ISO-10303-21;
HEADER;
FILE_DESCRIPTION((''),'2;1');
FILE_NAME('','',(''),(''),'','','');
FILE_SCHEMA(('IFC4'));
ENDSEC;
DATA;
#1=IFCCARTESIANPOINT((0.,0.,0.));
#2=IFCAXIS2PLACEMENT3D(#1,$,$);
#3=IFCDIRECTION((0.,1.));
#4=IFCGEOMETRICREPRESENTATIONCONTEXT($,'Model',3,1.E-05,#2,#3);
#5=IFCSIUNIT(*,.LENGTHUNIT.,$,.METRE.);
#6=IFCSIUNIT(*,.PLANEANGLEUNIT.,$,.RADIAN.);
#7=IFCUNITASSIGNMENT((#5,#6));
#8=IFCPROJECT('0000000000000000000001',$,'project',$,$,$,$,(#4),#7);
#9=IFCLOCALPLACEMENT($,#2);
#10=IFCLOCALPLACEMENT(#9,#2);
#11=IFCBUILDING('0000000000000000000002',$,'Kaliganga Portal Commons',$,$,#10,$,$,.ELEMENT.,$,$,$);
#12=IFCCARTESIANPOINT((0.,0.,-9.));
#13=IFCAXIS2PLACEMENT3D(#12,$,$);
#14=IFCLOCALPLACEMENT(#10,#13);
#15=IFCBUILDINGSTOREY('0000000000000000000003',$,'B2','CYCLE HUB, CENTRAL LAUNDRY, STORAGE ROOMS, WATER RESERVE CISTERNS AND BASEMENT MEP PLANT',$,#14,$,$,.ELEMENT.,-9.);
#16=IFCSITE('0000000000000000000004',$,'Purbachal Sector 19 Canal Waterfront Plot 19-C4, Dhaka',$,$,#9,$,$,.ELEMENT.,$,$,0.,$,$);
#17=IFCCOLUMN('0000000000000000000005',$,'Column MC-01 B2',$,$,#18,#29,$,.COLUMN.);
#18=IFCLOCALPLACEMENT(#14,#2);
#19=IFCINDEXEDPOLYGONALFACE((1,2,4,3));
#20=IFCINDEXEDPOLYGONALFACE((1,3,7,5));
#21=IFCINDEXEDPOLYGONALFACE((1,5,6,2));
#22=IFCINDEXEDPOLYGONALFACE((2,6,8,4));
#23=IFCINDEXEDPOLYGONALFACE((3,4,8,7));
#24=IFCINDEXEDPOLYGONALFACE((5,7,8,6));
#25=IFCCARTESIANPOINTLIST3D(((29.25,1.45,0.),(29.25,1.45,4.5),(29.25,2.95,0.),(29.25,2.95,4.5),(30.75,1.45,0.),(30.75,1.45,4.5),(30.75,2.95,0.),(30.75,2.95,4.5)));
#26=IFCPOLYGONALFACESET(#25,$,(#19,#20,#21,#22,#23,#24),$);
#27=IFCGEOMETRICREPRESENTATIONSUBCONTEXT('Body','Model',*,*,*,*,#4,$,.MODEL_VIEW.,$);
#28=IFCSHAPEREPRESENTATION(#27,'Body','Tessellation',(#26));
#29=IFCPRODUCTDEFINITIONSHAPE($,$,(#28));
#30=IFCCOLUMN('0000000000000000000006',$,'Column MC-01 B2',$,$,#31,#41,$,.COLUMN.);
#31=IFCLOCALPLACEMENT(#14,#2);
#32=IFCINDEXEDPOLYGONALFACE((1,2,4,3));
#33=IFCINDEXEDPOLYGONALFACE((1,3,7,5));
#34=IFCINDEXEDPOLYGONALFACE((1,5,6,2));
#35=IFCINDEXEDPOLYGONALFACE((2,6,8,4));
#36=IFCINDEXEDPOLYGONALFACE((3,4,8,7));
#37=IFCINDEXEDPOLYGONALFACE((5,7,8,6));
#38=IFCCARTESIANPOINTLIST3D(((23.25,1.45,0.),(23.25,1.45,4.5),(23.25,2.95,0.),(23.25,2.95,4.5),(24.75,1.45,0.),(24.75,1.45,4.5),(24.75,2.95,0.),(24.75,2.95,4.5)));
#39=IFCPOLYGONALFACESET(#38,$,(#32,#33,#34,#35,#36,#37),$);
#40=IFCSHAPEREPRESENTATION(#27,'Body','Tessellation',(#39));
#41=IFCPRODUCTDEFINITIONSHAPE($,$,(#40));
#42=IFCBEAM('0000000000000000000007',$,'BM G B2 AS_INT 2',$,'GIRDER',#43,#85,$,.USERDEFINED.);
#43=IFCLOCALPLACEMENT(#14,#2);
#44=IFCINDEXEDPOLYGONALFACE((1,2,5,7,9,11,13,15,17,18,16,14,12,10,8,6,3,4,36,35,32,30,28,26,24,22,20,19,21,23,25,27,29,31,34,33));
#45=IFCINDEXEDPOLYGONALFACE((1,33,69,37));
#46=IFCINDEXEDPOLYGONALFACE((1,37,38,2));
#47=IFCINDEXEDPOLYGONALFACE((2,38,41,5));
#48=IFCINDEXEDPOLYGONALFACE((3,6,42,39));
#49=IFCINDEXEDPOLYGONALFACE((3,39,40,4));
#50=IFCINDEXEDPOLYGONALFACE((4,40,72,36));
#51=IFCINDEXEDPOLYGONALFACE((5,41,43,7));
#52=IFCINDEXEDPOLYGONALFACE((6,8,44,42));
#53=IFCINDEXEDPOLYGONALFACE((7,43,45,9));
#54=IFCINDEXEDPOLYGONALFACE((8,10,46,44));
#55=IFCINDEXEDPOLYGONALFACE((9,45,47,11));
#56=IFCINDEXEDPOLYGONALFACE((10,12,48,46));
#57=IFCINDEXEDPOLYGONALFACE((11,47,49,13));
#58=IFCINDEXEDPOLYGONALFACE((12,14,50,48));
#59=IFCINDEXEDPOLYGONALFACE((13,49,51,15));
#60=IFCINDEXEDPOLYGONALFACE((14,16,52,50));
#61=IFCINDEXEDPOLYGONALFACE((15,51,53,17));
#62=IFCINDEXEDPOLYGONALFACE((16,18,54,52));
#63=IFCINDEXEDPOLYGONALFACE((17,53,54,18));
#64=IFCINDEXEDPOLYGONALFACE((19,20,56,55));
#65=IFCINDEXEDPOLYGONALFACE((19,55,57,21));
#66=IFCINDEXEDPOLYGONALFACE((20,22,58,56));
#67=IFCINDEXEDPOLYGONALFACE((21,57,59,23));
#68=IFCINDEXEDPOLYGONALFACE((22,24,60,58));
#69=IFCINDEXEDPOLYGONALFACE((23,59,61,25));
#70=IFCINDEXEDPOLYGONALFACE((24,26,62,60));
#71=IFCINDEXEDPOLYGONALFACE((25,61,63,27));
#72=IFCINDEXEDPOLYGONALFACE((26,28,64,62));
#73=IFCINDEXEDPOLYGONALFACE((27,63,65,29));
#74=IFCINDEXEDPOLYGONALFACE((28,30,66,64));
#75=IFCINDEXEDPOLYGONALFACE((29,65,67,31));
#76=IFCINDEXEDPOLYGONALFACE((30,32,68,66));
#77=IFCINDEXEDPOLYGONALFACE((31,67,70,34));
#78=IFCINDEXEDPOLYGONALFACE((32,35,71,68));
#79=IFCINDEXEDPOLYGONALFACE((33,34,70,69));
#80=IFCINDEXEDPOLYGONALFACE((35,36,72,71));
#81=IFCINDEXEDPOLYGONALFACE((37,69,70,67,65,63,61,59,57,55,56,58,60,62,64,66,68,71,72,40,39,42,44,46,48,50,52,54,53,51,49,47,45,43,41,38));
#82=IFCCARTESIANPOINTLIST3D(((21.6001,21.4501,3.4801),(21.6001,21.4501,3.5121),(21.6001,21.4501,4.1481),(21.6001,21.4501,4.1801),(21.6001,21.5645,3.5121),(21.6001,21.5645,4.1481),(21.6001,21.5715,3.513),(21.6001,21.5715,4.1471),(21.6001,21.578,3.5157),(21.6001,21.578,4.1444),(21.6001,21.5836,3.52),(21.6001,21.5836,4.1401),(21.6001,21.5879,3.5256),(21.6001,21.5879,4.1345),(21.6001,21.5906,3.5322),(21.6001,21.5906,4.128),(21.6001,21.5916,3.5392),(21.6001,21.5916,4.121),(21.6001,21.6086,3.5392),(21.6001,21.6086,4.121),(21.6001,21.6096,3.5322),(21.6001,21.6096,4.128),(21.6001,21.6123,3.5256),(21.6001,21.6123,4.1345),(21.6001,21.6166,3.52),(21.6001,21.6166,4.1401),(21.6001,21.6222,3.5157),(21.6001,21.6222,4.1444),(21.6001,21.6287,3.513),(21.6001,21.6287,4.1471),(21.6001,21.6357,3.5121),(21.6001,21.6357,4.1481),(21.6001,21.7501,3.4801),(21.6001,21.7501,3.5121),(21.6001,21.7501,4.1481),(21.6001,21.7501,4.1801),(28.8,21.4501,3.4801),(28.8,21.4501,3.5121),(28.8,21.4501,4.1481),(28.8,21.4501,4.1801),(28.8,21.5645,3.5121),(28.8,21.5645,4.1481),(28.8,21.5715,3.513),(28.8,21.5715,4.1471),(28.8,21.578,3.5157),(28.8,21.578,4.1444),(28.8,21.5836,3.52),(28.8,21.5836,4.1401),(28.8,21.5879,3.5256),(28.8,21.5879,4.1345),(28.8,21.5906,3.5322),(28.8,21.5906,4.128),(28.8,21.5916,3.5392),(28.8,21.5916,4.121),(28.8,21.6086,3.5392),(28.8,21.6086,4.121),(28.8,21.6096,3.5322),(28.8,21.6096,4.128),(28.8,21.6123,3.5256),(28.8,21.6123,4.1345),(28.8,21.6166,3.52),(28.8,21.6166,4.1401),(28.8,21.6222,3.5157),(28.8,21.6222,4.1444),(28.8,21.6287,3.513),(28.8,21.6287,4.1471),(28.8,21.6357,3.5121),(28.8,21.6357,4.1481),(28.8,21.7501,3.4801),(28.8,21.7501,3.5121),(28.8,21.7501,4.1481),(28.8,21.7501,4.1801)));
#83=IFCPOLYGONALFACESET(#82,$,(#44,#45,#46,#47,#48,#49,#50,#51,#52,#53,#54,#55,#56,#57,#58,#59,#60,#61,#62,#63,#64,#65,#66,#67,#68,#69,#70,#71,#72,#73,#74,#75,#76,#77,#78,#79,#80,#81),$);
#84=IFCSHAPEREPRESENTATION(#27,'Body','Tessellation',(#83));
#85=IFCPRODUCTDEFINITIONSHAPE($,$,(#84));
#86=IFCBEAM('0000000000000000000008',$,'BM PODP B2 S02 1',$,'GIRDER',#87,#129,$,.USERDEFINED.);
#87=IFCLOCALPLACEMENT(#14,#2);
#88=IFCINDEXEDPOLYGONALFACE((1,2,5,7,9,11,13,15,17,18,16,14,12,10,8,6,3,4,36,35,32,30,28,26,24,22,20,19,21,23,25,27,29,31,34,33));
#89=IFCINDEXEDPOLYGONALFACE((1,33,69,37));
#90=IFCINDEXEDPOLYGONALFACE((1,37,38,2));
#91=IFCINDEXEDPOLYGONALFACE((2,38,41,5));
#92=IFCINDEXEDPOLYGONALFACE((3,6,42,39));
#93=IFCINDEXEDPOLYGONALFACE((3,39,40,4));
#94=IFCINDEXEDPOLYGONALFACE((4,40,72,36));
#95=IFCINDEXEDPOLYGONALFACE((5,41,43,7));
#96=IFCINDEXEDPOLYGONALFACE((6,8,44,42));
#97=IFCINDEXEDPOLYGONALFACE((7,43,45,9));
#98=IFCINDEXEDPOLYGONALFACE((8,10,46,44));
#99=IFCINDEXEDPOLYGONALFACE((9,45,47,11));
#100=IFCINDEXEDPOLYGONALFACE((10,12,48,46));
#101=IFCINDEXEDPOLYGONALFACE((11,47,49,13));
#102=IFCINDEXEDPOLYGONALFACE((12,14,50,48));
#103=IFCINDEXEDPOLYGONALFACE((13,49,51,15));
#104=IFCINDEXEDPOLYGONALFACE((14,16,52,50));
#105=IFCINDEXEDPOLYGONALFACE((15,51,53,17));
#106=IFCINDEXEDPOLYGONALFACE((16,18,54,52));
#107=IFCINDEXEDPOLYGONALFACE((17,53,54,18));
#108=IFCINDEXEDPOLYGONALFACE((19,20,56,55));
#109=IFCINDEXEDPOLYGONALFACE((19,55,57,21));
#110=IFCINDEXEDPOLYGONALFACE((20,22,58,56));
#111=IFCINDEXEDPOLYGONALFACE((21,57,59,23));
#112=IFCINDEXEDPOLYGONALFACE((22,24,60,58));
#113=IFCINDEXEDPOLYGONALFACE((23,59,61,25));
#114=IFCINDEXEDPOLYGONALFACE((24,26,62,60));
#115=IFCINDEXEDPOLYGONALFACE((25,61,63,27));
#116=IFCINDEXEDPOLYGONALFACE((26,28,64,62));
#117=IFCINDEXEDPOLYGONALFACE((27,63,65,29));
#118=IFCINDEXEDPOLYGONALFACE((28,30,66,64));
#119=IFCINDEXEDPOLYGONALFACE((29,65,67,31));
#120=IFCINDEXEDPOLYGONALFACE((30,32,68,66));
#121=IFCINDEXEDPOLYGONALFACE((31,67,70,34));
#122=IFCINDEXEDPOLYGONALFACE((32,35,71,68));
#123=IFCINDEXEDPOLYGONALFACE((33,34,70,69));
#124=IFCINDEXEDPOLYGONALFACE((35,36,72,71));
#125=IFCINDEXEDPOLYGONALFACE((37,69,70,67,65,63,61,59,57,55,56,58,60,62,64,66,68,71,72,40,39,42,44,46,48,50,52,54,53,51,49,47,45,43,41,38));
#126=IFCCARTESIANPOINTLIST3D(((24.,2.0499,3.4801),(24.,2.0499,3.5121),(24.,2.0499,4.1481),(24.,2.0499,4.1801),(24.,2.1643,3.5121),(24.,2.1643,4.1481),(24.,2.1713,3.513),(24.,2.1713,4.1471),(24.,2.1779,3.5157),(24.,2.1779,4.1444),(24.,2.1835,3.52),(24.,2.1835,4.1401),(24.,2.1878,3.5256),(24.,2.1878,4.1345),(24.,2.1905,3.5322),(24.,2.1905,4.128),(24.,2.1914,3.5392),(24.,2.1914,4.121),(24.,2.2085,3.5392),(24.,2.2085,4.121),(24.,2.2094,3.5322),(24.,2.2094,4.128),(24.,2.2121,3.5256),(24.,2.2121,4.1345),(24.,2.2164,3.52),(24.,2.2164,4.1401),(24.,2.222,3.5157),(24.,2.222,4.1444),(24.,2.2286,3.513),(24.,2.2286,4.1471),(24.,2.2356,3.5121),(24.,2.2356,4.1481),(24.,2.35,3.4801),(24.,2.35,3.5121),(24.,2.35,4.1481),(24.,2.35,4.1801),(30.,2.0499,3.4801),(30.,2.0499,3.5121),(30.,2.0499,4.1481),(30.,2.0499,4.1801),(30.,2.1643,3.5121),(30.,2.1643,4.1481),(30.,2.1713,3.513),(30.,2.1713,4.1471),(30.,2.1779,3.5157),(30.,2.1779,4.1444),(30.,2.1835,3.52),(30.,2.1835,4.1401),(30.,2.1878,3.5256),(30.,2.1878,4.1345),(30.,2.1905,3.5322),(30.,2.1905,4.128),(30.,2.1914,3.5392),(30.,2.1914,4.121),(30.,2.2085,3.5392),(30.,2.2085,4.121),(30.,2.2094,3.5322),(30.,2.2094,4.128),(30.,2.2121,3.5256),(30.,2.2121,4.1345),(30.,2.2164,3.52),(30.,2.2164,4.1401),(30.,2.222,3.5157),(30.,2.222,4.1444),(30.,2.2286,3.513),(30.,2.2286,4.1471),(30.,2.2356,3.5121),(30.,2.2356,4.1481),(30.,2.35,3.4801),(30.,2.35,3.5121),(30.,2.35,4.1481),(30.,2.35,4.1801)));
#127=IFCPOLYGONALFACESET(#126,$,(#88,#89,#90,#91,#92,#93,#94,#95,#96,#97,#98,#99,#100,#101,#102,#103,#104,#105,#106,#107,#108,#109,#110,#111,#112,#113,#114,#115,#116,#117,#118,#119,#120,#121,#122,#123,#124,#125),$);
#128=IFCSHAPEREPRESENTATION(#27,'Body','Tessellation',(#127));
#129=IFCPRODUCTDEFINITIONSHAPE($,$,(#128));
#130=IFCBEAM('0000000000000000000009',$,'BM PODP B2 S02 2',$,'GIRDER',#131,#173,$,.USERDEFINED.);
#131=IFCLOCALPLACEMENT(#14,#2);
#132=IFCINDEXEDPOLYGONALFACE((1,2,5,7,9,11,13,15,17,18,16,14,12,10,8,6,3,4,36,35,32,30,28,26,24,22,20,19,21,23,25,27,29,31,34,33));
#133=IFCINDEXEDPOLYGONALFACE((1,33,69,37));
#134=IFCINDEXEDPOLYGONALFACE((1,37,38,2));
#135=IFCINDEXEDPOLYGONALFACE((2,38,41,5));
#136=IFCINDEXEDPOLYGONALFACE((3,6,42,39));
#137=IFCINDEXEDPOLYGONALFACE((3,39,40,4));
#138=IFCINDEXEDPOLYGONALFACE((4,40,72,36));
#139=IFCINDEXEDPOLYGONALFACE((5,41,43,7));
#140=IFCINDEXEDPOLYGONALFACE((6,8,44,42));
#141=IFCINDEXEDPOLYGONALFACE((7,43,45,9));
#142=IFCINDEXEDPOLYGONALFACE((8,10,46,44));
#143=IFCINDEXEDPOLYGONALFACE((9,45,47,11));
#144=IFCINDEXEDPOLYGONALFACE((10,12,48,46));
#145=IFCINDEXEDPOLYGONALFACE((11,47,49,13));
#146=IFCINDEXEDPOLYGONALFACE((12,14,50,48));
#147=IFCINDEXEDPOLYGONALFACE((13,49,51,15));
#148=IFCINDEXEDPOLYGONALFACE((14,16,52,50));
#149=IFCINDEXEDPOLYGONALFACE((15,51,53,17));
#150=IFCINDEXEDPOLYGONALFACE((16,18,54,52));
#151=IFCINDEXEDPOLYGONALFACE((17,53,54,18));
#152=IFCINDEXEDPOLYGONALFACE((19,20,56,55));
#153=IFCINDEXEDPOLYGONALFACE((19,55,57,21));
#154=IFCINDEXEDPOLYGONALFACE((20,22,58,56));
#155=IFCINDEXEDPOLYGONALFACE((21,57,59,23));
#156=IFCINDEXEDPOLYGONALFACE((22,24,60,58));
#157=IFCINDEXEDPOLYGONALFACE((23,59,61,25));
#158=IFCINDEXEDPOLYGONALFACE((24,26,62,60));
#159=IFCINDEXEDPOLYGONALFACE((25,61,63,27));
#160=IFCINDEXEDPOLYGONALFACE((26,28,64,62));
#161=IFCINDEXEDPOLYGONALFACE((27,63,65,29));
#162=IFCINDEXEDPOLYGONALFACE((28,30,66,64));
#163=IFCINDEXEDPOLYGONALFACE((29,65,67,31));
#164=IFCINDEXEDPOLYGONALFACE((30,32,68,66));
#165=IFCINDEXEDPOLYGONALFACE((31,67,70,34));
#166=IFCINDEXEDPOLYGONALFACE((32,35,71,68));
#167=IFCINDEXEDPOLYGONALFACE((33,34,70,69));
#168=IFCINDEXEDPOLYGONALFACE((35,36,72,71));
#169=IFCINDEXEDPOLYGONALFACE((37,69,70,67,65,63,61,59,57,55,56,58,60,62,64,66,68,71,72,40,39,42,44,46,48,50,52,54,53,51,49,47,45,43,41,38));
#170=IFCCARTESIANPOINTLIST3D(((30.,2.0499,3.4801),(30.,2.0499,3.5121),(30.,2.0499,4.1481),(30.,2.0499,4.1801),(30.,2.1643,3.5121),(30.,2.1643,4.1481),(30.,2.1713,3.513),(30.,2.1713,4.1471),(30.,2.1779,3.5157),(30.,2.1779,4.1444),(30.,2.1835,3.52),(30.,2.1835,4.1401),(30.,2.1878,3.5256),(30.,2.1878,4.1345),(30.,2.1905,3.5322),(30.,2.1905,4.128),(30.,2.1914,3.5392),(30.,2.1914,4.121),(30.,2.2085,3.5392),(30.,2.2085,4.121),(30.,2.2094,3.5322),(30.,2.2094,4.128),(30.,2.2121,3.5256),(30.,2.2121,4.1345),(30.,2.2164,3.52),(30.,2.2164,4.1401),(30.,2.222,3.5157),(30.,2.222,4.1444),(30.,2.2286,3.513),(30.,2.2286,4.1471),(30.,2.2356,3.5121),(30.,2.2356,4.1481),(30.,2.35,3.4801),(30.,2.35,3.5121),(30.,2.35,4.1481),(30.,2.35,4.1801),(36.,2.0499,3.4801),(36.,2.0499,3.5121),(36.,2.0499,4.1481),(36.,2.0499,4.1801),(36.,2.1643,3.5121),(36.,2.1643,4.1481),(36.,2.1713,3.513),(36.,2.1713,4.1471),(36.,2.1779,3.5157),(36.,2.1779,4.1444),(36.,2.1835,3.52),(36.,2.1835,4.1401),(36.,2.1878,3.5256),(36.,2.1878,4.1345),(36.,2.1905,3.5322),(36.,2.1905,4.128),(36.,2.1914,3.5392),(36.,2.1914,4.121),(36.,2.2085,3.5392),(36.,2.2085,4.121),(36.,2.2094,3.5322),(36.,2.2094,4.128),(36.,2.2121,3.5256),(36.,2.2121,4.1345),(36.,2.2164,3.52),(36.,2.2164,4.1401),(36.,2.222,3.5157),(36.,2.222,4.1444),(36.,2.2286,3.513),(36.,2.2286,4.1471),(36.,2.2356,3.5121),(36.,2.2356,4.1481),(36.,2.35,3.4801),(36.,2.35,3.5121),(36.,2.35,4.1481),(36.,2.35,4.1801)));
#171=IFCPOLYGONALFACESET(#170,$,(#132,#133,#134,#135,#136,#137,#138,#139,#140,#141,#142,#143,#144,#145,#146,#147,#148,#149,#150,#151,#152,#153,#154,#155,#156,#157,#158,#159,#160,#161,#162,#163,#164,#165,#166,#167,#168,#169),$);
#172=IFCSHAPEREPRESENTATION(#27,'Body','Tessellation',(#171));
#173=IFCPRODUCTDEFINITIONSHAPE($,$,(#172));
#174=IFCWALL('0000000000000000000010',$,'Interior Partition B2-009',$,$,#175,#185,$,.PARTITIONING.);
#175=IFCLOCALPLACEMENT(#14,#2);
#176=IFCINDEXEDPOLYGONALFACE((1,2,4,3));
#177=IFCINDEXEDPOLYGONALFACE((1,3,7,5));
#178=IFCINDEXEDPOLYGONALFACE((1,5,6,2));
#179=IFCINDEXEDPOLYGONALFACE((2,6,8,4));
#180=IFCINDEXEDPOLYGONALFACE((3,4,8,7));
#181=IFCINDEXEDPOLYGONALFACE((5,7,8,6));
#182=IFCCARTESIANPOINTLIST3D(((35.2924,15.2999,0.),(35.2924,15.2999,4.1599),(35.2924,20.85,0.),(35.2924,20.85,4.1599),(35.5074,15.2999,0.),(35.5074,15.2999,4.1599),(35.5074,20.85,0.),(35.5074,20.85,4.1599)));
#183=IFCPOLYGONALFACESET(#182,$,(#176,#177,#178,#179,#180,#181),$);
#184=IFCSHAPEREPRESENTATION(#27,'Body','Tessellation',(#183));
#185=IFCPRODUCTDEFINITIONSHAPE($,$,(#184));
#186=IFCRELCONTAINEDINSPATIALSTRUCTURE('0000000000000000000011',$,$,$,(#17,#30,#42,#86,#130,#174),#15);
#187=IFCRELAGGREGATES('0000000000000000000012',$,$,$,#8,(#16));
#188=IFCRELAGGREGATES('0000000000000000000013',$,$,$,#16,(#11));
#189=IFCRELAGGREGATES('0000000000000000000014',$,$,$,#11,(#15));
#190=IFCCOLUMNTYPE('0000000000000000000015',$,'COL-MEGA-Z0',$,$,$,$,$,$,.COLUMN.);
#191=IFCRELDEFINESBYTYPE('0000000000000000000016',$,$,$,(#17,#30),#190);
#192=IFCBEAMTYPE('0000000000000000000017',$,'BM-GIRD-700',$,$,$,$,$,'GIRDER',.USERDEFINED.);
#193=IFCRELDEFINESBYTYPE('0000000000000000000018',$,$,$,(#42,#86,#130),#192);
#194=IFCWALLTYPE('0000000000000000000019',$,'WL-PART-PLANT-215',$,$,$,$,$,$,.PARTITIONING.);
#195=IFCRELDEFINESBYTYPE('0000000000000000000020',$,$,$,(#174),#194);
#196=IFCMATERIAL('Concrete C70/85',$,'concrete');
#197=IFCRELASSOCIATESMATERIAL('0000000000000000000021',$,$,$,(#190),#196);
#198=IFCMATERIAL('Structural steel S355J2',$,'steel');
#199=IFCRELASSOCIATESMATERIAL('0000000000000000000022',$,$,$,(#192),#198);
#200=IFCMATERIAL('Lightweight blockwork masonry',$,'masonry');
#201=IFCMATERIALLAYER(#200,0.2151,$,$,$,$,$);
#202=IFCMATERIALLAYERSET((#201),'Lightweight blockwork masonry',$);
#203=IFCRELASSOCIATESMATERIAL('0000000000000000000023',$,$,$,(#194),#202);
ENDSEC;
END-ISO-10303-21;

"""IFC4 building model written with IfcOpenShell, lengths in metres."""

from ifc_helpers import new_model, si_unit, direction, frame, frame_2d, origin, origin_2d, place, context, subcontext, project, spatial, rectangle, i_section, extrude, source, transform, mapped, material, layer, layer_set, material_profile, profile_set, type_object, element, save


model = new_model("IFC4")

# Units and contexts
model_context = context("Model", 3, precision=1e-05, world=origin(), true_north=direction((0.0, 1.0)))
body_context = subcontext(model_context, "Body", "Model", "MODEL_VIEW")
ifc_project = project(units=[si_unit("LENGTHUNIT", "METRE"), si_unit("PLANEANGLEUNIT", "RADIAN")], contexts=[model_context])

# Site, building, storey
site_placement = place(None, origin())
site = spatial("IfcSite", under=ifc_project, at=site_placement, Name="Purbachal Sector 19 Canal Waterfront Plot 19-C4, Dhaka", CompositionType="ELEMENT", RefElevation=0.0)
building_placement = place(site_placement, origin())
building = spatial("IfcBuilding", under=site, at=building_placement, Name="Kaliganga Portal Commons", CompositionType="ELEMENT")
storey_placement = place(building_placement, frame((0.0, 0.0, -9.0)))
storey = spatial("IfcBuildingStorey", under=building, at=storey_placement, Name="B2", Description="CYCLE HUB, CENTRAL LAUNDRY, STORAGE ROOMS, WATER RESERVE CISTERNS AND BASEMENT MEP PLANT", CompositionType="ELEMENT", Elevation=-9.0)

# Columns
ifc_material_1 = material(Name="Structural steel S355J2", Category="steel")
ifc_material_2 = material(Name="Concrete C70/85", Category="concrete")
ifc_material_profile_1 = material_profile(ifc_material_2, rectangle(XDim=1.5, YDim=1.5, at=origin_2d()), Name="RC 1500x1500")
ifc_profile_set_1 = profile_set([ifc_material_profile_1], Name="Concrete C70/85")
column_type_1 = type_object("IfcColumnType", Name="COL-MEGA-Z0", PredefinedType="COLUMN", material=ifc_profile_set_1)
shared_shape_1 = source(origin(), body_context, "Body", "SweptSolid", [
    extrude(rectangle(XDim=1.5, YDim=1.5, at=origin_2d()), origin(), (0.0, 0.0, 1.0), 4.5),
])
for number, where, z_axis, x_axis, name in (
    (1, (30.0, 2.2, 0.0), (0.0, 0.0, 1.0), (1.0, 0.0, 0.0), "Column MC-01 B2"),
    (2, (24.0, 2.2, 0.0), (0.0, 0.0, 1.0), (1.0, 0.0, 0.0), "Column MC-01 B2"),
):
    element("IfcColumn", number, at=place(storey_placement, frame(where, z_axis=z_axis, x_axis=x_axis)), inside=storey, type_object=column_type_1, Name=name, PredefinedType="COLUMN", context=body_context, shape_type="MappedRepresentation", body=[
        mapped(shared_shape_1, transform((0.0, 0.0, 0.0), x_axis=(1.0, 0.0, 0.0), y_axis=(0.0, 1.0, 0.0), z_axis=(0.0, 0.0, 1.0), scale=1.0)),
    ])

# Beams
ifc_material_profile_2 = material_profile(ifc_material_1, i_section(OverallWidth=0.3, OverallDepth=0.7, WebThickness=0.0171, FlangeThickness=0.032, FilletRadius=0.0271, at=origin_2d()), Name="HE 700 B")
ifc_profile_set_2 = profile_set([ifc_material_profile_2], Name="Structural steel S355J2 wide-flange")
beam_type = type_object("IfcBeamType", Name="BM-GIRD-700", ElementType="GIRDER", PredefinedType="USERDEFINED", material=ifc_profile_set_2)
shared_shape_2 = source(origin(), body_context, "Body", "SweptSolid", [
    extrude(i_section(OverallWidth=0.3, OverallDepth=0.7, WebThickness=0.0171, FlangeThickness=0.032, FilletRadius=0.0271, at=origin_2d()), origin(), (0.0, 0.0, 1.0), 7.2),
])
beam_placement = place(storey_placement, frame((21.6001, 21.6001, 3.8301), z_axis=(1.0, 0.0, 0.0), x_axis=(0.0, 1.0, 0.0)))
element("IfcBeam", 3, at=beam_placement, inside=storey, type_object=beam_type, Name="BM G B2 AS_INT 2", ObjectType="GIRDER", PredefinedType="USERDEFINED", context=body_context, shape_type="MappedRepresentation", body=[
    mapped(shared_shape_2, transform((0.0, 0.0, 0.0), x_axis=(1.0, 0.0, 0.0), y_axis=(0.0, 1.0, 0.0), z_axis=(0.0, 0.0, 1.0), scale=1.0)),
])
shared_shape_3 = source(origin(), body_context, "Body", "SweptSolid", [
    extrude(i_section(OverallWidth=0.3, OverallDepth=0.7, WebThickness=0.0171, FlangeThickness=0.032, FilletRadius=0.0271, at=origin_2d()), origin(), (0.0, 0.0, 1.0), 6.0),
])
for number, where, z_axis, x_axis, name in (
    (4, (24.0, 2.2, 3.8301), (1.0, 0.0, 0.0), (0.0, 1.0, 0.0), "BM PODP B2 S02 1"),
    (5, (30.0, 2.2, 3.8301), (1.0, 0.0, 0.0), (0.0, 1.0, 0.0), "BM PODP B2 S02 2"),
):
    element("IfcBeam", number, at=place(storey_placement, frame(where, z_axis=z_axis, x_axis=x_axis)), inside=storey, type_object=beam_type, Name=name, ObjectType="GIRDER", PredefinedType="USERDEFINED", context=body_context, shape_type="MappedRepresentation", body=[
        mapped(shared_shape_3, transform((0.0, 0.0, 0.0), x_axis=(1.0, 0.0, 0.0), y_axis=(0.0, 1.0, 0.0), z_axis=(0.0, 0.0, 1.0), scale=1.0)),
    ])

# Wall
ifc_material_3 = material(Name="Lightweight blockwork masonry", Category="masonry")
ifc_layer = layer(ifc_material_3, 0.2151)
ifc_layer_set = layer_set([ifc_layer], Name="Lightweight blockwork masonry")
wall_type = type_object("IfcWallType", Name="WL-PART-PLANT-215", PredefinedType="PARTITIONING", material=ifc_layer_set)
wall_placement = place(storey_placement, frame((35.3999, 15.3, 0.0), z_axis=(0.0, 0.0, 1.0), x_axis=(0.0, 1.0, 0.0)))
element("IfcWall", 6, at=wall_placement, inside=storey, type_object=wall_type, Name="Interior Partition B2-009", PredefinedType="PARTITIONING", context=body_context, shape_type="SweptSolid", body=[
    extrude(rectangle(XDim=5.55, YDim=0.2151, at=frame_2d((2.7749, 0.0))), origin(), (0.0, 0.0, 1.0), 4.1599),
])

save(model, "model.ifc")
